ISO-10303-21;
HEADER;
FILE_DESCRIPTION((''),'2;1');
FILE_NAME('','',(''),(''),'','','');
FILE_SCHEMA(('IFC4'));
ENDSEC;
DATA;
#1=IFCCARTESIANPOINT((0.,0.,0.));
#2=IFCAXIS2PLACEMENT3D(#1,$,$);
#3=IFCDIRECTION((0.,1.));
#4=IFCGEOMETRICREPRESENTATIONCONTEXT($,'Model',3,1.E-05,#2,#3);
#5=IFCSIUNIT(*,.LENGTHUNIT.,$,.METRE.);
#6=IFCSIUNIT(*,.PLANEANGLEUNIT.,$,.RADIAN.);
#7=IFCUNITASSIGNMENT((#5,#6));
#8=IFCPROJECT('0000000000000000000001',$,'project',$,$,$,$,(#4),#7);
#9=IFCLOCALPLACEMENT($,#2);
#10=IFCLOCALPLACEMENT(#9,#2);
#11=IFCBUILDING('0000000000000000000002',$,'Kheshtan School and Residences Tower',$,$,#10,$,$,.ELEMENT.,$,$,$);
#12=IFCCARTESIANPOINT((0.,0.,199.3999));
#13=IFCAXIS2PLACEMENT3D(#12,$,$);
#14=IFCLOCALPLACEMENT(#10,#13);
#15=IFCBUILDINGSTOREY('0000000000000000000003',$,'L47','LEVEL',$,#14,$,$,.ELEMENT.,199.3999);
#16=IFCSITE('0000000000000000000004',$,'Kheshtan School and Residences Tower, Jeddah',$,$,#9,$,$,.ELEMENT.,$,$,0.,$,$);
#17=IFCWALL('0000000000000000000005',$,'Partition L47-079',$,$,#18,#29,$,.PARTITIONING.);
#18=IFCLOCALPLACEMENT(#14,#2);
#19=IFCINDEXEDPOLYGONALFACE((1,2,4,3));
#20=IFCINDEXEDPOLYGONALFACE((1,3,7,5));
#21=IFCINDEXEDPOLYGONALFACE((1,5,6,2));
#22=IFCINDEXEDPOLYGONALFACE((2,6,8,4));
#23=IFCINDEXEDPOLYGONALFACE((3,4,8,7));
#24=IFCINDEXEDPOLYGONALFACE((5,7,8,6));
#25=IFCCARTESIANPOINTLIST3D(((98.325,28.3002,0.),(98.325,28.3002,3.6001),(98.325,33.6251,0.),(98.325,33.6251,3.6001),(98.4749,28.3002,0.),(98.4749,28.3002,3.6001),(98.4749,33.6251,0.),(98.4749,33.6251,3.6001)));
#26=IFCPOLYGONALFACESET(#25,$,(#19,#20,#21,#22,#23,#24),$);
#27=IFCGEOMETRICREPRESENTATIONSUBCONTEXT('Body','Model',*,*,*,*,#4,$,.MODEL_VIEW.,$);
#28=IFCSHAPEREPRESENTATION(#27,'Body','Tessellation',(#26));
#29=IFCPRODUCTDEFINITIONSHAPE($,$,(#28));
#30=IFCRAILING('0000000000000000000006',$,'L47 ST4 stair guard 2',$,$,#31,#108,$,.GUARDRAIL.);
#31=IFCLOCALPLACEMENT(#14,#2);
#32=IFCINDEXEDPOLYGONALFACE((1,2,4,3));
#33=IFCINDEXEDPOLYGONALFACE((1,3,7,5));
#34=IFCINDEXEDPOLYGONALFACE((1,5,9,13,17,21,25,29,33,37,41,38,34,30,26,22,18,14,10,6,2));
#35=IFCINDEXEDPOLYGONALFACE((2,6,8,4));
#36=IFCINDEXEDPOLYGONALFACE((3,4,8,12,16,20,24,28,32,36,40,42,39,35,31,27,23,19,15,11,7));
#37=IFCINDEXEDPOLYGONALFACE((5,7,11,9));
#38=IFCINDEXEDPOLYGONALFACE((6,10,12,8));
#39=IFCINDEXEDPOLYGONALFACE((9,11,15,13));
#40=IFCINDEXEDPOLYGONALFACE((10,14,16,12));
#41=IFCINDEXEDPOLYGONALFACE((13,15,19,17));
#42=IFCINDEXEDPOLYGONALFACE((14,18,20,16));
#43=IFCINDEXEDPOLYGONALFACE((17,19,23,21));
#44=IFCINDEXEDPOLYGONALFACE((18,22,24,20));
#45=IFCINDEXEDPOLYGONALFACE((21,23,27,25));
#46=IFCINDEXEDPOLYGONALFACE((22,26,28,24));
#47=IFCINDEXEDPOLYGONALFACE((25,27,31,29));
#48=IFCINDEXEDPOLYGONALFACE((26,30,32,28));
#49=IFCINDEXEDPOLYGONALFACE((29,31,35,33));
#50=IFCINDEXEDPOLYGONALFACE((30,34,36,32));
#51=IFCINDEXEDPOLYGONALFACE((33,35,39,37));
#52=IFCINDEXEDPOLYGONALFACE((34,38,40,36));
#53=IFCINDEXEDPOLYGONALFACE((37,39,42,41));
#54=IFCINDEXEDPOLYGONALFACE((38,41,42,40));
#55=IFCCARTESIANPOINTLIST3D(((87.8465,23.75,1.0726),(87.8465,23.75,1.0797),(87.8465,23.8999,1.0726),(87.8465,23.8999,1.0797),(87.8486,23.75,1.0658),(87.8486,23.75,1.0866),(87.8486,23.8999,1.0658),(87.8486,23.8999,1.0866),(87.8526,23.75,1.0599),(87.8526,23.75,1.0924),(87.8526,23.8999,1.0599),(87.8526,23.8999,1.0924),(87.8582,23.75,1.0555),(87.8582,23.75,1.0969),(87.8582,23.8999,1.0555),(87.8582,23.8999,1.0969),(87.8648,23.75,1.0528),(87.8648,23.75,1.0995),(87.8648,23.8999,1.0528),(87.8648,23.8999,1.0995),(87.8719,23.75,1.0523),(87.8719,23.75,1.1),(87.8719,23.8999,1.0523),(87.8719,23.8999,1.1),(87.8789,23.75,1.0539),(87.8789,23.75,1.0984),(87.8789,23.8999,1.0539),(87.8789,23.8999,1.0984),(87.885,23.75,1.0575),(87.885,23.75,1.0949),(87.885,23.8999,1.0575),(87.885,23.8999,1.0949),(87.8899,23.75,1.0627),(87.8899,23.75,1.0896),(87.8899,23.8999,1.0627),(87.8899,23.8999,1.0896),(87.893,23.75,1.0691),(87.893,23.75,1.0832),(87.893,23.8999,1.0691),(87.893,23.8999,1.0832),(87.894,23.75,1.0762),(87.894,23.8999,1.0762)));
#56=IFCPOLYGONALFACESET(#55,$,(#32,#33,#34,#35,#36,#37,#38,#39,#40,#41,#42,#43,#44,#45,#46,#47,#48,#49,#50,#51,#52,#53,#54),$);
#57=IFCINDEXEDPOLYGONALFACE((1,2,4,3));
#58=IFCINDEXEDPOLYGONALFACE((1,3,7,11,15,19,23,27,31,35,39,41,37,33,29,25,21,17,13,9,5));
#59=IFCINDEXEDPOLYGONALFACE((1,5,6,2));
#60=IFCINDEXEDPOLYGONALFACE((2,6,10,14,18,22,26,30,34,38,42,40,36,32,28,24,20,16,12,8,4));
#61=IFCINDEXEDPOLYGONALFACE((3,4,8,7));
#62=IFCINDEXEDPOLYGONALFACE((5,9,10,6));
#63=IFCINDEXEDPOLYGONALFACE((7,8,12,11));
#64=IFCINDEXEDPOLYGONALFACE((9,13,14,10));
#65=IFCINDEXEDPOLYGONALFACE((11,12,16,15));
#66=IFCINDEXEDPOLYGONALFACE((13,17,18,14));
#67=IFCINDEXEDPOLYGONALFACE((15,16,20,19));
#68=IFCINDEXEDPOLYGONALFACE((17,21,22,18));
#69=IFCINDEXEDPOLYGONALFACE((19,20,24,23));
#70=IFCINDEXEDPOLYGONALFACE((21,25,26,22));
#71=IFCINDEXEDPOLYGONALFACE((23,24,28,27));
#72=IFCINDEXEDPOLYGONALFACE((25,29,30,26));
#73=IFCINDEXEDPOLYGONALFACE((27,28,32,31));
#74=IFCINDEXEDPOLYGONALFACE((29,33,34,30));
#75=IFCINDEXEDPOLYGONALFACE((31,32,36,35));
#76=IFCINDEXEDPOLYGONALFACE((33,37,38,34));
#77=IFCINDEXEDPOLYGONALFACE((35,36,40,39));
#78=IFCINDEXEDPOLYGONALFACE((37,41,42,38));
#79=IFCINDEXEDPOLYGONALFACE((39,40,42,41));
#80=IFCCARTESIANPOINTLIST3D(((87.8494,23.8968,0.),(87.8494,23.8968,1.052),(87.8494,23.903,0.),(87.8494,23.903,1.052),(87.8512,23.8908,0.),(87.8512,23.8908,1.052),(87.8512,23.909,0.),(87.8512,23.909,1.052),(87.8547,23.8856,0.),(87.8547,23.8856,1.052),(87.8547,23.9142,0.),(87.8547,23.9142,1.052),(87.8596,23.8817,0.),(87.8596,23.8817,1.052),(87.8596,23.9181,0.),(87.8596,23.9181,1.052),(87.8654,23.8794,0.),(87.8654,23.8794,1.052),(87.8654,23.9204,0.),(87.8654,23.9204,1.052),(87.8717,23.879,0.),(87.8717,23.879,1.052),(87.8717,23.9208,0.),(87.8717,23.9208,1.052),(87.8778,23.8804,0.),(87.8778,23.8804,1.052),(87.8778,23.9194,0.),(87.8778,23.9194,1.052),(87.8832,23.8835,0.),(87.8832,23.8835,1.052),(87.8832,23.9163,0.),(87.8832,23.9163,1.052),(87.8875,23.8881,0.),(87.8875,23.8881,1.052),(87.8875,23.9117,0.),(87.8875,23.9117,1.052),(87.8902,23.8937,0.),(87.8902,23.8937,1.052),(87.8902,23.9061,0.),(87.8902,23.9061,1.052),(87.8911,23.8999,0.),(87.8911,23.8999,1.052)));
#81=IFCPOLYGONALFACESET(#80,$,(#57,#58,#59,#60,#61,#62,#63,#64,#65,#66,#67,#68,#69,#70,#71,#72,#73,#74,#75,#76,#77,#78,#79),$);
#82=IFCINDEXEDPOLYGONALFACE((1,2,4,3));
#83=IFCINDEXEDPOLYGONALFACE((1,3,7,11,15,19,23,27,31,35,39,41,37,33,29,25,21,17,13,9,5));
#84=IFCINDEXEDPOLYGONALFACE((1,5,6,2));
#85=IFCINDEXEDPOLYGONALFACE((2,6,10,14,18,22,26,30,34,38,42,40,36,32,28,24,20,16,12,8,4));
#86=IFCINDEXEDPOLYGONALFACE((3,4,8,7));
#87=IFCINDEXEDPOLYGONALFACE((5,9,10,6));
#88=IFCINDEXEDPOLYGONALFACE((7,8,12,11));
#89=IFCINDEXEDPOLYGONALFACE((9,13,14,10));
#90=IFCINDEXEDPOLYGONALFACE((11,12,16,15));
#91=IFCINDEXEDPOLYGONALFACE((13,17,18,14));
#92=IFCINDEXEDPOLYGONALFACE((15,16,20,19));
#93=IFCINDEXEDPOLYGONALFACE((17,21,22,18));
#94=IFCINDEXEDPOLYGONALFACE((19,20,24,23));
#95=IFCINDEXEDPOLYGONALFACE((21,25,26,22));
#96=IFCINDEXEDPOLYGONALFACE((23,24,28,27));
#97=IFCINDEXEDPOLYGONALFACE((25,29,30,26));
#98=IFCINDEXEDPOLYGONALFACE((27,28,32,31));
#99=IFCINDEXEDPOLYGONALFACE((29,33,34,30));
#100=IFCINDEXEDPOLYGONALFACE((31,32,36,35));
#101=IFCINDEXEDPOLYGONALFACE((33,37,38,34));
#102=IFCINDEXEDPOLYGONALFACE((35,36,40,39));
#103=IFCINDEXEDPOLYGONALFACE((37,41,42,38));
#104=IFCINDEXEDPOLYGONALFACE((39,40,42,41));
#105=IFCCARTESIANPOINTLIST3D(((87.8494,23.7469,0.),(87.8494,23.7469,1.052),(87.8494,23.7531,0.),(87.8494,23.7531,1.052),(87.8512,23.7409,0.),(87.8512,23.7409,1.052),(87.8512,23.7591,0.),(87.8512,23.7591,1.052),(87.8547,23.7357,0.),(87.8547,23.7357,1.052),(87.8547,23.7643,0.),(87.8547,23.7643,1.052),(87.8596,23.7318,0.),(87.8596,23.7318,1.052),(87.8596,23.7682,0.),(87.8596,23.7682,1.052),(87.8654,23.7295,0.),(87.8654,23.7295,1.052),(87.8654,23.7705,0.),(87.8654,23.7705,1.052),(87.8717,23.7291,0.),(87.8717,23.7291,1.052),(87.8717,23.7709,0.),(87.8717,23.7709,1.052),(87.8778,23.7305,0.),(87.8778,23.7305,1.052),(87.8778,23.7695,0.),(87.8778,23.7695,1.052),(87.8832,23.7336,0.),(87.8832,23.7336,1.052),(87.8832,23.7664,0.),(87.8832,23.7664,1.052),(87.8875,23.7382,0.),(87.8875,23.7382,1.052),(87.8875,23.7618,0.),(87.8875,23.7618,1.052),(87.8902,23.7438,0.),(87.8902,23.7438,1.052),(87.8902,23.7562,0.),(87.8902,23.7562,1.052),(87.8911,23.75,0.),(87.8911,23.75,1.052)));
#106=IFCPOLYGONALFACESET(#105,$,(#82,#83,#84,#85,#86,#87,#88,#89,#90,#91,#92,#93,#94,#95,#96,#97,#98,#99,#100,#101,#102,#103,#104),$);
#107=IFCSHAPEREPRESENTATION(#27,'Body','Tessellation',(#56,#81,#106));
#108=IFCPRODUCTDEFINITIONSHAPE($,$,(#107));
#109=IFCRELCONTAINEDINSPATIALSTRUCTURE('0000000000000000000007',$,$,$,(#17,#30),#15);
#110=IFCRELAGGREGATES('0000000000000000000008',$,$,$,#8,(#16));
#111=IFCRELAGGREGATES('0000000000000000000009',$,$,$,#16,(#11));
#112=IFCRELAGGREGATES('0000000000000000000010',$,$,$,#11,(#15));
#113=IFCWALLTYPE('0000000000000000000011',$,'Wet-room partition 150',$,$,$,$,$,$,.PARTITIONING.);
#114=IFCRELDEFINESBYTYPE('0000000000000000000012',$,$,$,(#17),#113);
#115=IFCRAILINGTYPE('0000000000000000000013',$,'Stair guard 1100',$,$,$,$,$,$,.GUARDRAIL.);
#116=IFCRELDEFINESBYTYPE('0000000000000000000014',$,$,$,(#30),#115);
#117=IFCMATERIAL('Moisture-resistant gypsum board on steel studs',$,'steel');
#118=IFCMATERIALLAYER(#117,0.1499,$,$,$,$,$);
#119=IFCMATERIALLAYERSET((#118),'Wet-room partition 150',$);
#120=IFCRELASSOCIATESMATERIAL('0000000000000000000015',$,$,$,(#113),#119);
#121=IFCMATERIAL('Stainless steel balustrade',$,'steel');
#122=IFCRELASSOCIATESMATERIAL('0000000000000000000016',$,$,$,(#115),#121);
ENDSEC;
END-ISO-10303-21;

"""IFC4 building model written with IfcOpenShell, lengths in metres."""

from ifc_helpers import new_model, si_unit, direction, frame, frame_2d, origin, origin_2d, place, context, subcontext, project, spatial, rectangle, circle, extrude, material, layer, layer_set, type_object, element, save


model = new_model("IFC4")

# Units and contexts
model_context = context("Model", 3, precision=1e-05, world=origin(), true_north=direction((0.0, 1.0)))
body_context = subcontext(model_context, "Body", "Model", "MODEL_VIEW")
ifc_project = project(units=[si_unit("LENGTHUNIT", "METRE"), si_unit("PLANEANGLEUNIT", "RADIAN")], contexts=[model_context])

# Site, building, storey
site_placement = place(None, origin())
site = spatial("IfcSite", under=ifc_project, at=site_placement, Name="Kheshtan School and Residences Tower, Jeddah", CompositionType="ELEMENT", RefElevation=0.0)
building_placement = place(site_placement, origin())
building = spatial("IfcBuilding", under=site, at=building_placement, Name="Kheshtan School and Residences Tower", CompositionType="ELEMENT")
storey_placement = place(building_placement, frame((0.0, 0.0, 199.3999)))
storey = spatial("IfcBuildingStorey", under=building, at=storey_placement, Name="L47", Description="LEVEL", CompositionType="ELEMENT", Elevation=199.3999)

# Wall
ifc_material_1 = material(Name="Moisture-resistant gypsum board on steel studs", Category="steel")
ifc_layer_1 = layer(ifc_material_1, 0.1499)
ifc_layer_set_1 = layer_set([ifc_layer_1], Name="Wet-room partition 150")
wall_type_1 = type_object("IfcWallType", Name="Wet-room partition 150", PredefinedType="PARTITIONING", material=ifc_layer_set_1)
wall_1_placement = place(storey_placement, frame((98.3999, 28.3, 0.0), z_axis=(0.0, 0.0, 1.0), x_axis=(0.0, 1.0, 0.0)))
element("IfcWall", 1, at=wall_1_placement, inside=storey, type_object=wall_type_1, Name="Partition L47-079", PredefinedType="PARTITIONING", context=body_context, shape_type="SweptSolid", body=[
    extrude(rectangle(XDim=5.325, YDim=0.1499, at=frame_2d((2.6626, 0.0))), origin(), (0.0, 0.0, 1.0), 3.6001),
])

# Railing
ifc_material_2 = material(Name="Stainless steel balustrade", Category="steel")
railing_type_1 = type_object("IfcRailingType", Name="Stair guard 1100", PredefinedType="GUARDRAIL", material=ifc_material_2)
railing_1_placement = place(storey_placement, frame((87.8701, 23.8999, 0.0)))
element("IfcRailing", 2, at=railing_1_placement, inside=storey, type_object=railing_type_1, Name="L47 ST4 stair guard 2", PredefinedType="GUARDRAIL", context=body_context, shape_type="SweptSolid", body=[
    extrude(circle(Radius=0.0239, at=origin_2d()), frame((0.0, 0.0, 1.0762), z_axis=(0.0, -1.0, 0.0), x_axis=(1.0, 0.0, 0.0)), (0.0, 0.0, 1.0), 0.1499),
    extrude(circle(Radius=0.021, at=origin_2d()), origin(), (0.0, 0.0, 1.0), 1.052),
    extrude(circle(Radius=0.021, at=origin_2d()), frame((0.0, -0.1499, 0.0)), (0.0, 0.0, 1.0), 1.052),
])

save(model, "model.ifc")
